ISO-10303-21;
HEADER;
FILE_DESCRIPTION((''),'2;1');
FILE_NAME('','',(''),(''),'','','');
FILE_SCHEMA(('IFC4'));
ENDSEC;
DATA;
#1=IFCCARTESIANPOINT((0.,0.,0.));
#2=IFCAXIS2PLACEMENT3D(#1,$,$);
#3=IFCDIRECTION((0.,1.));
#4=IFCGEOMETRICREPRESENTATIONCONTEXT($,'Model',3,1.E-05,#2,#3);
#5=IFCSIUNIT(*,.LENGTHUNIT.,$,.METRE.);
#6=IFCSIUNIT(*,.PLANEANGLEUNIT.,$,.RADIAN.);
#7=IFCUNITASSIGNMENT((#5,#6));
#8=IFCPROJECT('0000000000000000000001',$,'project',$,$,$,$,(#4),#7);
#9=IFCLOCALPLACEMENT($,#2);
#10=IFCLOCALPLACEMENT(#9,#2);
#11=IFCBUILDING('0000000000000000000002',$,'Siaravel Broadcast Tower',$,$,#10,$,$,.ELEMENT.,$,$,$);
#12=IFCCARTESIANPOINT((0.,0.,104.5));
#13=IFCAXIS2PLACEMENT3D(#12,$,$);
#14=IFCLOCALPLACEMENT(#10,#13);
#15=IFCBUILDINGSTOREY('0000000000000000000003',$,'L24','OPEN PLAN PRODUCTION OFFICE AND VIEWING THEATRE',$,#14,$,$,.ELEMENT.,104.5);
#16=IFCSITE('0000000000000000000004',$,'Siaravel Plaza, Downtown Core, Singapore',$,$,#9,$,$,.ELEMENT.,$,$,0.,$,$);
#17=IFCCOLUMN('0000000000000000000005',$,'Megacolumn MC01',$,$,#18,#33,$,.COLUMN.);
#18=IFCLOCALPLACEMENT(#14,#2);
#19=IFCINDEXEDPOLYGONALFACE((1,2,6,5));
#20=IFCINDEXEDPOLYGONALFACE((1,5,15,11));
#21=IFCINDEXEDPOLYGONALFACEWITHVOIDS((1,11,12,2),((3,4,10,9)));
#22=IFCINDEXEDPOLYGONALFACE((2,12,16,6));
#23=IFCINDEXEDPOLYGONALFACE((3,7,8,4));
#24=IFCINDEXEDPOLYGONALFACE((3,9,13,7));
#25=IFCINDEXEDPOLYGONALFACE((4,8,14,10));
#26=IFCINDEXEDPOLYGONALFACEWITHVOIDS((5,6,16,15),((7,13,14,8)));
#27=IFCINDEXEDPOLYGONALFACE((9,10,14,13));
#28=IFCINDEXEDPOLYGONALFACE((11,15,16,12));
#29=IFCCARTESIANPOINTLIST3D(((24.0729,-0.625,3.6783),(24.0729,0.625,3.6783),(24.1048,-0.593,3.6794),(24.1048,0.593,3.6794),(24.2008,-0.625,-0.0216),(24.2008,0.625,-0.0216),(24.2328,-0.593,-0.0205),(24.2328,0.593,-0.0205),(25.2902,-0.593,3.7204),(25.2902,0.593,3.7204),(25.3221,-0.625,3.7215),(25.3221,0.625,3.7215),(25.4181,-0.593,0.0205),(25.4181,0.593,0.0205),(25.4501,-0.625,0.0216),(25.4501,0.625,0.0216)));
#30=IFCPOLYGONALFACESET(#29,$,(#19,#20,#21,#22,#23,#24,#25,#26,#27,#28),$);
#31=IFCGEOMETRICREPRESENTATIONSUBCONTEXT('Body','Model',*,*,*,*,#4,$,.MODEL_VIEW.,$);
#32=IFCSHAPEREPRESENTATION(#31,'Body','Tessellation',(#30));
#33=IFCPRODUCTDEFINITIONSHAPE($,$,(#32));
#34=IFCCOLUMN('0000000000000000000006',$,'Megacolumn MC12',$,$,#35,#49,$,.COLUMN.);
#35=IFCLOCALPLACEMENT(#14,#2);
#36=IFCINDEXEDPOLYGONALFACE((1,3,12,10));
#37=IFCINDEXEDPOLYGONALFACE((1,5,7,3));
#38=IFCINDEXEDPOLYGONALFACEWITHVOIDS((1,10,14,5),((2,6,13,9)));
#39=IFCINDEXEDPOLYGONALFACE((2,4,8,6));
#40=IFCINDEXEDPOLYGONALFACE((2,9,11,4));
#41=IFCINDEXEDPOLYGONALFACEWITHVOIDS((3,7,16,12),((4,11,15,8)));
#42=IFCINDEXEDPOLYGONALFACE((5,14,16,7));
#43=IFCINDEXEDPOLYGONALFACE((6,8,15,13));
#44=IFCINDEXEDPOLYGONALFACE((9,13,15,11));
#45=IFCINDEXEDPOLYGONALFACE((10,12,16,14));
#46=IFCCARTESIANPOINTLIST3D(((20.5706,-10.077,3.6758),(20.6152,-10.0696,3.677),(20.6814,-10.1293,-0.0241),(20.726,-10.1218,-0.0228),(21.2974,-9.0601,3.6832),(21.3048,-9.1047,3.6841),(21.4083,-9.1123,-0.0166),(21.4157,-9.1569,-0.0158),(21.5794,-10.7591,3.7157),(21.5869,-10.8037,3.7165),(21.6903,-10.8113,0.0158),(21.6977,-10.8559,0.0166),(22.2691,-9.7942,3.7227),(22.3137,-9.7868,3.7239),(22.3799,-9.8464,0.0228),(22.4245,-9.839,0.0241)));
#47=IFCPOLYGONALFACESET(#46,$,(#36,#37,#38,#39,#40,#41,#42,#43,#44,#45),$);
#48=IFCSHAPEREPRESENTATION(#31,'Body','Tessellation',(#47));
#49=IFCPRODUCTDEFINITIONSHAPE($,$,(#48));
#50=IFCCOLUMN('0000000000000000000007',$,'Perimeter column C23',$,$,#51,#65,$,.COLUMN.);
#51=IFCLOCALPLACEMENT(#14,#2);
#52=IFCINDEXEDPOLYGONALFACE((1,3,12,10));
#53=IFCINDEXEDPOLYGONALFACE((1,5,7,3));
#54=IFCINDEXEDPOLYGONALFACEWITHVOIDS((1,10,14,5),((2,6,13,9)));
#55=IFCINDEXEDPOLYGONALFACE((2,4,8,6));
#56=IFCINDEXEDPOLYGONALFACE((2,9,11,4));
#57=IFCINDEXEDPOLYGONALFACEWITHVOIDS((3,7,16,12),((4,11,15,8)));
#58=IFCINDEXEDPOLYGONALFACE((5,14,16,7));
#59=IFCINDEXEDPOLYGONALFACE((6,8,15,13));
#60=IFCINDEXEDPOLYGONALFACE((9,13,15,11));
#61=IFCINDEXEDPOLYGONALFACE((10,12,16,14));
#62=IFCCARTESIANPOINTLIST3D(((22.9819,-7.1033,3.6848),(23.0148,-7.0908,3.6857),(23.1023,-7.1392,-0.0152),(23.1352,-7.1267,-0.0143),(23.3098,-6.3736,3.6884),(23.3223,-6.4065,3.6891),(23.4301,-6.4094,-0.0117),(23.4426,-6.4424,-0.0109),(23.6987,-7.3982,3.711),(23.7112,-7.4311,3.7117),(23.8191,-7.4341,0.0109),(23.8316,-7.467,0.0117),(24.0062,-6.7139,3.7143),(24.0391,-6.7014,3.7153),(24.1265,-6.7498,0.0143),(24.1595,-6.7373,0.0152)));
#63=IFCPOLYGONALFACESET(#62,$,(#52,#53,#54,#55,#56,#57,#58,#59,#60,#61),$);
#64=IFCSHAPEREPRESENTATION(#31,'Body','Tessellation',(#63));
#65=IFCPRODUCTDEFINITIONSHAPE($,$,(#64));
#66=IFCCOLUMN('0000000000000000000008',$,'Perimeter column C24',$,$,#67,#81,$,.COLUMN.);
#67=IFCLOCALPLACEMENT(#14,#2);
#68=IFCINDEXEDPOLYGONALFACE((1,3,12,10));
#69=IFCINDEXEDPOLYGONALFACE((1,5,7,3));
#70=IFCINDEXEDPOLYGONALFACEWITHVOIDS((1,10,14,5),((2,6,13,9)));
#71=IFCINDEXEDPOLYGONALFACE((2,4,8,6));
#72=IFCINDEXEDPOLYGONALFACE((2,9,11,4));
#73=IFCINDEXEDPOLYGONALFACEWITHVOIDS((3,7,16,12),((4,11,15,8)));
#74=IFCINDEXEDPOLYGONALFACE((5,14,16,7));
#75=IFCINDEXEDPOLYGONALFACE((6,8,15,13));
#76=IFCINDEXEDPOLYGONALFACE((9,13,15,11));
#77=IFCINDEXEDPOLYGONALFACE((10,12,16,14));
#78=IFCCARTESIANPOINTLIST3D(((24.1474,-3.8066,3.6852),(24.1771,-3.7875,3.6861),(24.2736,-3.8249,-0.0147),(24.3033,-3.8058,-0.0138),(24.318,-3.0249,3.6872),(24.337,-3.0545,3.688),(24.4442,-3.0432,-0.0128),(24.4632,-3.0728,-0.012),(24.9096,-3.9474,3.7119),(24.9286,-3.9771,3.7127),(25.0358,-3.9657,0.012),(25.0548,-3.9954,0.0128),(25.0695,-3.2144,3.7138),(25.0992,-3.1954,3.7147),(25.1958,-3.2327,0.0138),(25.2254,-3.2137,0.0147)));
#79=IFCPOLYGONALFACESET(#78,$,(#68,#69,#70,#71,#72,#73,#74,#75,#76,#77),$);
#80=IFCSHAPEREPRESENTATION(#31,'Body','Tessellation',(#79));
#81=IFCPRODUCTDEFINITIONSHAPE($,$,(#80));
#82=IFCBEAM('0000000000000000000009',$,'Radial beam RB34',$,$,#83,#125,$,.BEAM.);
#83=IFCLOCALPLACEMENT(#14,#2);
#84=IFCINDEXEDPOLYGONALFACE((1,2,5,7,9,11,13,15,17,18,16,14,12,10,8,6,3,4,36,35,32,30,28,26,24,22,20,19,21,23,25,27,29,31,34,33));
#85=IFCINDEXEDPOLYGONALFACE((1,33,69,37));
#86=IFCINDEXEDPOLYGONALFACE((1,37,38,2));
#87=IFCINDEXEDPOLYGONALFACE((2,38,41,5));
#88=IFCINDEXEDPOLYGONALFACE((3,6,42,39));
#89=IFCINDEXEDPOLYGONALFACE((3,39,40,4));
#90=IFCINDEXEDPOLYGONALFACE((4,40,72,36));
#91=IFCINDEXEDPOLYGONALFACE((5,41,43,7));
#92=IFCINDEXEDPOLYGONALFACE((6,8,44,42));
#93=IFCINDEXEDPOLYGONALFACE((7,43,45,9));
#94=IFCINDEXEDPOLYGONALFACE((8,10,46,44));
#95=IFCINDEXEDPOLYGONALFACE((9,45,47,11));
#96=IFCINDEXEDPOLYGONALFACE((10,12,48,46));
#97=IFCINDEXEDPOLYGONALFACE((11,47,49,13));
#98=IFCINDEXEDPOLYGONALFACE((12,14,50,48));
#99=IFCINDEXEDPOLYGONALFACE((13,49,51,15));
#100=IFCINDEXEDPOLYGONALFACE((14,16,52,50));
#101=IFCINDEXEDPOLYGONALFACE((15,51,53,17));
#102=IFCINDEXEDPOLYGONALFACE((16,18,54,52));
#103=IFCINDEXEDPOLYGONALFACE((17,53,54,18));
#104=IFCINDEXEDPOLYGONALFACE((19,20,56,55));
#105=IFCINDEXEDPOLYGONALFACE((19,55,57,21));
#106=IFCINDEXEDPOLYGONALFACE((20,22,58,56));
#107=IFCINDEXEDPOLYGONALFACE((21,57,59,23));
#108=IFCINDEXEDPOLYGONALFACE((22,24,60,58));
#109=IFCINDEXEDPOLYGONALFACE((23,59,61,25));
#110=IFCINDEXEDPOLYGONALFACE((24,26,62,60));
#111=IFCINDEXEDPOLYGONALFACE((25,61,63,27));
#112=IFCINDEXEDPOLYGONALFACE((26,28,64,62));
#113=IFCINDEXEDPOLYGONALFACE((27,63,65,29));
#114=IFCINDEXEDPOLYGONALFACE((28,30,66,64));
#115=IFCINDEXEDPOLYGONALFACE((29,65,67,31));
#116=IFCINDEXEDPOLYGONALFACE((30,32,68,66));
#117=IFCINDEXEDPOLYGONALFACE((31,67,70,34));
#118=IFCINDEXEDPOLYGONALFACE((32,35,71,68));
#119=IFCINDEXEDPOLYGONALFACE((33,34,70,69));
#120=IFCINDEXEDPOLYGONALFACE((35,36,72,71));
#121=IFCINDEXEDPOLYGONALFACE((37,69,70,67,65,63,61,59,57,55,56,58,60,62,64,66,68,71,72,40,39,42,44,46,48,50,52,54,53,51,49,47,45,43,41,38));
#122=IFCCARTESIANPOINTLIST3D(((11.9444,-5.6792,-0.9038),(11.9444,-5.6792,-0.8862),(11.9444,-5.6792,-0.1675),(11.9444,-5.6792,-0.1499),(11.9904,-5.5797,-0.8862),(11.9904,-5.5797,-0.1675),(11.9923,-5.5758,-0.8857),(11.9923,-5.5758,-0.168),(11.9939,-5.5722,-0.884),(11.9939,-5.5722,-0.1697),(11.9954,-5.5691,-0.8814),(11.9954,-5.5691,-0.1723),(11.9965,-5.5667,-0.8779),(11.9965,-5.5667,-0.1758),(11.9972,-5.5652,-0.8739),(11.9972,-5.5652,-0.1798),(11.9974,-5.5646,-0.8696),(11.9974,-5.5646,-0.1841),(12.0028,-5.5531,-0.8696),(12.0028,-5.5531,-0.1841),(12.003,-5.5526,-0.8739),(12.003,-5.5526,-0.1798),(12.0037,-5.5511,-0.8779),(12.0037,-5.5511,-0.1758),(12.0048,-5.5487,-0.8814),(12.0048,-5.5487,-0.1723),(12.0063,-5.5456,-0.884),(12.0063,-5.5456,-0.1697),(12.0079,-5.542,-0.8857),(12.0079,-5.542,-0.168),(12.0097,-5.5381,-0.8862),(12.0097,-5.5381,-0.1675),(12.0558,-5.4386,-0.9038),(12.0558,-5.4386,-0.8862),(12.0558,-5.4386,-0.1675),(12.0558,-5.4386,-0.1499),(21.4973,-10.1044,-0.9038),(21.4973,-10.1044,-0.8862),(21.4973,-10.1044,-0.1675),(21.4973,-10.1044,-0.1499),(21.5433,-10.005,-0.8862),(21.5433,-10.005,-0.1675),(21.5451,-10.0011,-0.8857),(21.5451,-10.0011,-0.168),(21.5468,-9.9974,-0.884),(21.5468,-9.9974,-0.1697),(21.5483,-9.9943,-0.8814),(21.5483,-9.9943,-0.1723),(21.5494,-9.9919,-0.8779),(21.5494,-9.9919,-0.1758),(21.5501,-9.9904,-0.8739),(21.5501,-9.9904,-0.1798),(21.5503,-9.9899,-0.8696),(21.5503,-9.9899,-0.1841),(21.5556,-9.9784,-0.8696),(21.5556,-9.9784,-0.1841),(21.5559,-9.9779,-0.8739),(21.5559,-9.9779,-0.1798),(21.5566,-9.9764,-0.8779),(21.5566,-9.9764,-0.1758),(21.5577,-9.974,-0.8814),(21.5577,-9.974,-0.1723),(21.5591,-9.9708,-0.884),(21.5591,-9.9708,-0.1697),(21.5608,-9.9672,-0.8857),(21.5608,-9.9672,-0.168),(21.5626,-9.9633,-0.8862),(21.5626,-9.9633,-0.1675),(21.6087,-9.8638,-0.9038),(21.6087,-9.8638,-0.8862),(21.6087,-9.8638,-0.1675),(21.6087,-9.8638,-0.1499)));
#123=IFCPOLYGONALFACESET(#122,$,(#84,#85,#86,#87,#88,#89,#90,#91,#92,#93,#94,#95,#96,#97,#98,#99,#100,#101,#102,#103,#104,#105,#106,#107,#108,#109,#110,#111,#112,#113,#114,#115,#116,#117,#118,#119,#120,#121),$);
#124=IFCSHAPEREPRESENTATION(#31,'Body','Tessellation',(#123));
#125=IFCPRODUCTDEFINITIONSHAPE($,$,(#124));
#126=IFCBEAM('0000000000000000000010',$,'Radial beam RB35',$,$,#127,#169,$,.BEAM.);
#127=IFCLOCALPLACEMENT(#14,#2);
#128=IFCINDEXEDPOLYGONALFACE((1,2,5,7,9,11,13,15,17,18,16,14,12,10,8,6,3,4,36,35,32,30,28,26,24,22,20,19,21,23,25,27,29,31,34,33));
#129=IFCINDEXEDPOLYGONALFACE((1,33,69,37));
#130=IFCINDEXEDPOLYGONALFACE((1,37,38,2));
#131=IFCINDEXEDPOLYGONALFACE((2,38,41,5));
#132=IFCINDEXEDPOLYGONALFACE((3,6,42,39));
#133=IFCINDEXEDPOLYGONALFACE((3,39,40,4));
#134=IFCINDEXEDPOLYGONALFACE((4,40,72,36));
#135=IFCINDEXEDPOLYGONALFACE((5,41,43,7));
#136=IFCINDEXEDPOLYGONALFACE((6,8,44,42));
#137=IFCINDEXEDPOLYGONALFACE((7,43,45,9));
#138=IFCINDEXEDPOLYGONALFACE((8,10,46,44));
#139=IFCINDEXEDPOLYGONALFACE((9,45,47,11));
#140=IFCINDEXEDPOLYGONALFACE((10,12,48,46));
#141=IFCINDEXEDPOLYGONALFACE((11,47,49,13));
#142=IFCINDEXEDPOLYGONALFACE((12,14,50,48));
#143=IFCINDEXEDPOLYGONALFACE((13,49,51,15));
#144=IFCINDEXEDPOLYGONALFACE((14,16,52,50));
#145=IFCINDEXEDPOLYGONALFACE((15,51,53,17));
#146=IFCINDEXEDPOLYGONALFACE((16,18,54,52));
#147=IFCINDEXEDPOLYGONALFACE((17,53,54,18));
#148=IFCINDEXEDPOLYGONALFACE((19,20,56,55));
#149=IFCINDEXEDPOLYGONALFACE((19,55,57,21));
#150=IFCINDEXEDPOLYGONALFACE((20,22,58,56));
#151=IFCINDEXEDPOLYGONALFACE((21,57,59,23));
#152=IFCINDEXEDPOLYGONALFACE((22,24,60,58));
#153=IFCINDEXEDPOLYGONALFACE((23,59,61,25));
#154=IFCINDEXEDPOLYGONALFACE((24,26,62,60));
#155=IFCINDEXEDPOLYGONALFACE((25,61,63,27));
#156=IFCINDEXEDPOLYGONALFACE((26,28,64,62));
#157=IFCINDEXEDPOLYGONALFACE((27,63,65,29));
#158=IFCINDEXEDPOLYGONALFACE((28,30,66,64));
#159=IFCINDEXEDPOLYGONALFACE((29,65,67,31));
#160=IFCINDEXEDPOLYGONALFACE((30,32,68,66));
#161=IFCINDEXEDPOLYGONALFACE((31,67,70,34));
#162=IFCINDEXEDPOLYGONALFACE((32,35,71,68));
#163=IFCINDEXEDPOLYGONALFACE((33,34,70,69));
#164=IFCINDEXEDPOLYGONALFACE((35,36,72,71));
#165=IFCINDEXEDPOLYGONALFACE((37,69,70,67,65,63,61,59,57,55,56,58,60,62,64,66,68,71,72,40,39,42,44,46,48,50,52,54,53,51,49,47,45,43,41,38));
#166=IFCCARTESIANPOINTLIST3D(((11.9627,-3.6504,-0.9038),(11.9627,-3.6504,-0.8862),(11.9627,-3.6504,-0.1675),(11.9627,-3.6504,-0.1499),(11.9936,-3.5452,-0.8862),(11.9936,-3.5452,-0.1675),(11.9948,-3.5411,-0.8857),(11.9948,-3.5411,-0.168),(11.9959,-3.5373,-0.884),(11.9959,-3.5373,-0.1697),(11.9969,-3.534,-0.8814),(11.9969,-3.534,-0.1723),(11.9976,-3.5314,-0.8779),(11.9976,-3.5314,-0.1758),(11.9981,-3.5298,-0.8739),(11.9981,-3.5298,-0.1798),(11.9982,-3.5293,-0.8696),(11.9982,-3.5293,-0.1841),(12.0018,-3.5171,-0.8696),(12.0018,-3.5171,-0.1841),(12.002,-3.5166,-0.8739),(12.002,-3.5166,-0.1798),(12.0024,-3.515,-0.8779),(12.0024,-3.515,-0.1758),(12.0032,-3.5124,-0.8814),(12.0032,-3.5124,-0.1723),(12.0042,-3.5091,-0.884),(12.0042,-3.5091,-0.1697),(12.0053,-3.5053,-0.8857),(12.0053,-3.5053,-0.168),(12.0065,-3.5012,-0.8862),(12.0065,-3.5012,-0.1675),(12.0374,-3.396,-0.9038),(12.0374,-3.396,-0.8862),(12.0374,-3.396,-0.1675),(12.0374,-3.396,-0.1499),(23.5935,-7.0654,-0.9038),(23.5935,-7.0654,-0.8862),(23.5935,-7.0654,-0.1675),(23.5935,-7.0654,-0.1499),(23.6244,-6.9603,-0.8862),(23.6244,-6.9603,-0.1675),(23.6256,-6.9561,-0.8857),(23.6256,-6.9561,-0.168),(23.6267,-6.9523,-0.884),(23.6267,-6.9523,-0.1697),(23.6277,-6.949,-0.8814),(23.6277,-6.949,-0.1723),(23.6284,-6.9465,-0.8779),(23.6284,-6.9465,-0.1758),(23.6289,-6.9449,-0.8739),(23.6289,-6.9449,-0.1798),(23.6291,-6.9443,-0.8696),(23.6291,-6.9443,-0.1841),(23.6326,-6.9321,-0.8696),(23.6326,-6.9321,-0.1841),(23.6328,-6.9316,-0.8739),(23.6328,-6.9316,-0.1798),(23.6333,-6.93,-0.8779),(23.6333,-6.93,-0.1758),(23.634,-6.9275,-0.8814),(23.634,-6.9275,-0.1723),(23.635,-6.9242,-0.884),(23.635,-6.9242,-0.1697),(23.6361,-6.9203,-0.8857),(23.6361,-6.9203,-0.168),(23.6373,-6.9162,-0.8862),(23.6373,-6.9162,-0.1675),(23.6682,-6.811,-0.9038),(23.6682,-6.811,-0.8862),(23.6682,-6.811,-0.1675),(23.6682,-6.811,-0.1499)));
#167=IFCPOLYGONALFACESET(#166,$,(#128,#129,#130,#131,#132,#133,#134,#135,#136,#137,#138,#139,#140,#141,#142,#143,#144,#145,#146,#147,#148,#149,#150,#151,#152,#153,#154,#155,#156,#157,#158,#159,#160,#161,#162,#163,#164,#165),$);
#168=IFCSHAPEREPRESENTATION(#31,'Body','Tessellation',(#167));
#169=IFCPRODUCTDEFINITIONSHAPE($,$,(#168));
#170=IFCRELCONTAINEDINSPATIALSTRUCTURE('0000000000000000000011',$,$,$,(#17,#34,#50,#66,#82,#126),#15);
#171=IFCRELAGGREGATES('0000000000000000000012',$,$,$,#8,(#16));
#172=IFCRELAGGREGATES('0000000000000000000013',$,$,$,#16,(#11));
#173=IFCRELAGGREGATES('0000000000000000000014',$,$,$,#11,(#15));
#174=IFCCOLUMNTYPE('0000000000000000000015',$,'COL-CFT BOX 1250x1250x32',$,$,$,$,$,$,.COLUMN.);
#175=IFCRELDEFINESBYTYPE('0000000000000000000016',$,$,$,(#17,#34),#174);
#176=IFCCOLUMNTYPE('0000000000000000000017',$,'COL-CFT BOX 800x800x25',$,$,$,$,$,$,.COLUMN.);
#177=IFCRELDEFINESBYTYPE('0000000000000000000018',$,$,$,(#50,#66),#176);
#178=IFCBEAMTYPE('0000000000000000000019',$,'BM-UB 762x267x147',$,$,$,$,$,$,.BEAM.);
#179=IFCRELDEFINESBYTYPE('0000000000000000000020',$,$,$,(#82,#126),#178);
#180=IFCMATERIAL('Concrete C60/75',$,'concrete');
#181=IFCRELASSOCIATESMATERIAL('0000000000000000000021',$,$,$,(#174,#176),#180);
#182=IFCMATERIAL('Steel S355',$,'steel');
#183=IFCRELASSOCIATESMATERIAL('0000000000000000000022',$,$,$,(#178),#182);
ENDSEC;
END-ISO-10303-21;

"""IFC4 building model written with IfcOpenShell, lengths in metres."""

from ifc_helpers import new_model, si_unit, direction, frame, origin, origin_2d, place, context, subcontext, project, spatial, hollow_rectangle, i_section, extrude, material, material_profile, profile_set, type_object, element, save


model = new_model("IFC4")

# Units and contexts
model_context = context("Model", 3, precision=1e-05, world=origin(), true_north=direction((0.0, 1.0)))
body_context = subcontext(model_context, "Body", "Model", "MODEL_VIEW")
ifc_project = project(units=[si_unit("LENGTHUNIT", "METRE"), si_unit("PLANEANGLEUNIT", "RADIAN")], contexts=[model_context])

# Site, building, storey
site_placement = place(None, origin())
site = spatial("IfcSite", under=ifc_project, at=site_placement, Name="Siaravel Plaza, Downtown Core, Singapore", CompositionType="ELEMENT", RefElevation=0.0)
building_placement = place(site_placement, origin())
building = spatial("IfcBuilding", under=site, at=building_placement, Name="Siaravel Broadcast Tower", CompositionType="ELEMENT")
storey_placement = place(building_placement, frame((0.0, 0.0, 104.5)))
storey = spatial("IfcBuildingStorey", under=building, at=storey_placement, Name="L24", Description="OPEN PLAN PRODUCTION OFFICE AND VIEWING THEATRE", CompositionType="ELEMENT", Elevation=104.5)

# Columns
ifc_material_1 = material(Name="Concrete C60/75", Category="concrete")
ifc_material_profile_1 = material_profile(ifc_material_1, hollow_rectangle(XDim=1.25, YDim=1.25, WallThickness=0.032, at=origin_2d()))
ifc_profile_set_1 = profile_set([ifc_material_profile_1], Name="Concrete C60/75")
column_type_1 = type_object("IfcColumnType", Name="COL-CFT BOX 1250x1250x32", PredefinedType="COLUMN", material=ifc_profile_set_1)
column_1_placement = place(storey_placement, frame((24.8254, 0.0, 0.0), z_axis=(-0.034555, 0.0, 0.999403), x_axis=(0.0, -1.0, 0.0)))
element("IfcColumn", 1, at=column_1_placement, inside=storey, type_object=column_type_1, Name="Megacolumn MC01", PredefinedType="COLUMN", context=body_context, shape_type="SweptSolid", body=[
    extrude(hollow_rectangle(XDim=1.25, YDim=1.25, WallThickness=0.032, at=origin_2d()), origin(), (0.0, 0.0, 1.0), 3.7021),
])
column_2_placement = place(storey_placement, frame((21.553, -9.9841, 0.0), z_axis=(-0.029941, 0.014113, 0.999452), x_axis=(-0.581475, -0.813543, -0.005931)))
element("IfcColumn", 2, at=column_2_placement, inside=storey, type_object=column_type_1, Name="Megacolumn MC12", PredefinedType="COLUMN", context=body_context, shape_type="SweptSolid", body=[
    extrude(hollow_rectangle(XDim=1.25, YDim=1.25, WallThickness=0.032, at=origin_2d()), origin(), (0.0, 0.0, 1.0), 3.7019),
])
ifc_material_profile_2 = material_profile(ifc_material_1, hollow_rectangle(XDim=0.8, YDim=0.8, WallThickness=0.0249, at=origin_2d()))
ifc_profile_set_2 = profile_set([ifc_material_profile_2], Name="Concrete C60/75")
column_type_2 = type_object("IfcColumnType", Name="COL-CFT BOX 800x800x25", PredefinedType="COLUMN", material=ifc_profile_set_2)
for number, where, z_axis, x_axis, name in (
    (3, (23.6309, -6.9382, 0.0), (-0.032512, 0.009694, 0.999424), (-0.409822, -0.912154, -0.004484), "Perimeter column C23"),
    (4, (24.7495, -3.5193, 0.0), (-0.034094, 0.004946, 0.999406), (-0.213163, -0.977014, -0.002437), "Perimeter column C24"),
):
    element("IfcColumn", number, at=place(storey_placement, frame(where, z_axis=z_axis, x_axis=x_axis)), inside=storey, type_object=column_type_2, Name=name, PredefinedType="COLUMN", context=body_context, shape_type="SweptSolid", body=[
        extrude(hollow_rectangle(XDim=0.8, YDim=0.8, WallThickness=0.0249, at=origin_2d()), origin(), (0.0, 0.0, 1.0), 3.7021),
    ])

# Beams
ifc_material_2 = material(Name="Steel S355", Category="steel")
ifc_material_profile_3 = material_profile(ifc_material_2, i_section(OverallWidth=0.2651, OverallDepth=0.7539, WebThickness=0.0127, FlangeThickness=0.0176, FilletRadius=0.0166, at=origin_2d()))
ifc_profile_set_3 = profile_set([ifc_material_profile_3], Name="Steel S355")
beam_type = type_object("IfcBeamType", Name="BM-UB 762x267x147", PredefinedType="BEAM", material=ifc_profile_set_3)
beam_1_placement = place(storey_placement, frame((21.553, -9.9841, -0.5269), z_axis=(-0.907372, 0.420328, 0.0), x_axis=(-0.420328, -0.907372, 0.0)))
element("IfcBeam", 5, at=beam_1_placement, inside=storey, type_object=beam_type, Name="Radial beam RB34", PredefinedType="BEAM", context=body_context, shape_type="SweptSolid", body=[
    extrude(i_section(OverallWidth=0.2651, OverallDepth=0.7539, WebThickness=0.0127, FlangeThickness=0.0176, FilletRadius=0.0166, at=origin_2d()), origin(), (0.0, 0.0, 1.0), 10.5281),
])
beam_2_placement = place(storey_placement, frame((23.6309, -6.9382, -0.5269), z_axis=(-0.959495, 0.281726, 0.0), x_axis=(-0.281726, -0.959495, 0.0)))
element("IfcBeam", 6, at=beam_2_placement, inside=storey, type_object=beam_type, Name="Radial beam RB35", PredefinedType="BEAM", context=body_context, shape_type="SweptSolid", body=[
    extrude(i_section(OverallWidth=0.2651, OverallDepth=0.7539, WebThickness=0.0127, FlangeThickness=0.0176, FilletRadius=0.0166, at=origin_2d()), origin(), (0.0, 0.0, 1.0), 12.1218),
])

save(model, "model.ifc")
